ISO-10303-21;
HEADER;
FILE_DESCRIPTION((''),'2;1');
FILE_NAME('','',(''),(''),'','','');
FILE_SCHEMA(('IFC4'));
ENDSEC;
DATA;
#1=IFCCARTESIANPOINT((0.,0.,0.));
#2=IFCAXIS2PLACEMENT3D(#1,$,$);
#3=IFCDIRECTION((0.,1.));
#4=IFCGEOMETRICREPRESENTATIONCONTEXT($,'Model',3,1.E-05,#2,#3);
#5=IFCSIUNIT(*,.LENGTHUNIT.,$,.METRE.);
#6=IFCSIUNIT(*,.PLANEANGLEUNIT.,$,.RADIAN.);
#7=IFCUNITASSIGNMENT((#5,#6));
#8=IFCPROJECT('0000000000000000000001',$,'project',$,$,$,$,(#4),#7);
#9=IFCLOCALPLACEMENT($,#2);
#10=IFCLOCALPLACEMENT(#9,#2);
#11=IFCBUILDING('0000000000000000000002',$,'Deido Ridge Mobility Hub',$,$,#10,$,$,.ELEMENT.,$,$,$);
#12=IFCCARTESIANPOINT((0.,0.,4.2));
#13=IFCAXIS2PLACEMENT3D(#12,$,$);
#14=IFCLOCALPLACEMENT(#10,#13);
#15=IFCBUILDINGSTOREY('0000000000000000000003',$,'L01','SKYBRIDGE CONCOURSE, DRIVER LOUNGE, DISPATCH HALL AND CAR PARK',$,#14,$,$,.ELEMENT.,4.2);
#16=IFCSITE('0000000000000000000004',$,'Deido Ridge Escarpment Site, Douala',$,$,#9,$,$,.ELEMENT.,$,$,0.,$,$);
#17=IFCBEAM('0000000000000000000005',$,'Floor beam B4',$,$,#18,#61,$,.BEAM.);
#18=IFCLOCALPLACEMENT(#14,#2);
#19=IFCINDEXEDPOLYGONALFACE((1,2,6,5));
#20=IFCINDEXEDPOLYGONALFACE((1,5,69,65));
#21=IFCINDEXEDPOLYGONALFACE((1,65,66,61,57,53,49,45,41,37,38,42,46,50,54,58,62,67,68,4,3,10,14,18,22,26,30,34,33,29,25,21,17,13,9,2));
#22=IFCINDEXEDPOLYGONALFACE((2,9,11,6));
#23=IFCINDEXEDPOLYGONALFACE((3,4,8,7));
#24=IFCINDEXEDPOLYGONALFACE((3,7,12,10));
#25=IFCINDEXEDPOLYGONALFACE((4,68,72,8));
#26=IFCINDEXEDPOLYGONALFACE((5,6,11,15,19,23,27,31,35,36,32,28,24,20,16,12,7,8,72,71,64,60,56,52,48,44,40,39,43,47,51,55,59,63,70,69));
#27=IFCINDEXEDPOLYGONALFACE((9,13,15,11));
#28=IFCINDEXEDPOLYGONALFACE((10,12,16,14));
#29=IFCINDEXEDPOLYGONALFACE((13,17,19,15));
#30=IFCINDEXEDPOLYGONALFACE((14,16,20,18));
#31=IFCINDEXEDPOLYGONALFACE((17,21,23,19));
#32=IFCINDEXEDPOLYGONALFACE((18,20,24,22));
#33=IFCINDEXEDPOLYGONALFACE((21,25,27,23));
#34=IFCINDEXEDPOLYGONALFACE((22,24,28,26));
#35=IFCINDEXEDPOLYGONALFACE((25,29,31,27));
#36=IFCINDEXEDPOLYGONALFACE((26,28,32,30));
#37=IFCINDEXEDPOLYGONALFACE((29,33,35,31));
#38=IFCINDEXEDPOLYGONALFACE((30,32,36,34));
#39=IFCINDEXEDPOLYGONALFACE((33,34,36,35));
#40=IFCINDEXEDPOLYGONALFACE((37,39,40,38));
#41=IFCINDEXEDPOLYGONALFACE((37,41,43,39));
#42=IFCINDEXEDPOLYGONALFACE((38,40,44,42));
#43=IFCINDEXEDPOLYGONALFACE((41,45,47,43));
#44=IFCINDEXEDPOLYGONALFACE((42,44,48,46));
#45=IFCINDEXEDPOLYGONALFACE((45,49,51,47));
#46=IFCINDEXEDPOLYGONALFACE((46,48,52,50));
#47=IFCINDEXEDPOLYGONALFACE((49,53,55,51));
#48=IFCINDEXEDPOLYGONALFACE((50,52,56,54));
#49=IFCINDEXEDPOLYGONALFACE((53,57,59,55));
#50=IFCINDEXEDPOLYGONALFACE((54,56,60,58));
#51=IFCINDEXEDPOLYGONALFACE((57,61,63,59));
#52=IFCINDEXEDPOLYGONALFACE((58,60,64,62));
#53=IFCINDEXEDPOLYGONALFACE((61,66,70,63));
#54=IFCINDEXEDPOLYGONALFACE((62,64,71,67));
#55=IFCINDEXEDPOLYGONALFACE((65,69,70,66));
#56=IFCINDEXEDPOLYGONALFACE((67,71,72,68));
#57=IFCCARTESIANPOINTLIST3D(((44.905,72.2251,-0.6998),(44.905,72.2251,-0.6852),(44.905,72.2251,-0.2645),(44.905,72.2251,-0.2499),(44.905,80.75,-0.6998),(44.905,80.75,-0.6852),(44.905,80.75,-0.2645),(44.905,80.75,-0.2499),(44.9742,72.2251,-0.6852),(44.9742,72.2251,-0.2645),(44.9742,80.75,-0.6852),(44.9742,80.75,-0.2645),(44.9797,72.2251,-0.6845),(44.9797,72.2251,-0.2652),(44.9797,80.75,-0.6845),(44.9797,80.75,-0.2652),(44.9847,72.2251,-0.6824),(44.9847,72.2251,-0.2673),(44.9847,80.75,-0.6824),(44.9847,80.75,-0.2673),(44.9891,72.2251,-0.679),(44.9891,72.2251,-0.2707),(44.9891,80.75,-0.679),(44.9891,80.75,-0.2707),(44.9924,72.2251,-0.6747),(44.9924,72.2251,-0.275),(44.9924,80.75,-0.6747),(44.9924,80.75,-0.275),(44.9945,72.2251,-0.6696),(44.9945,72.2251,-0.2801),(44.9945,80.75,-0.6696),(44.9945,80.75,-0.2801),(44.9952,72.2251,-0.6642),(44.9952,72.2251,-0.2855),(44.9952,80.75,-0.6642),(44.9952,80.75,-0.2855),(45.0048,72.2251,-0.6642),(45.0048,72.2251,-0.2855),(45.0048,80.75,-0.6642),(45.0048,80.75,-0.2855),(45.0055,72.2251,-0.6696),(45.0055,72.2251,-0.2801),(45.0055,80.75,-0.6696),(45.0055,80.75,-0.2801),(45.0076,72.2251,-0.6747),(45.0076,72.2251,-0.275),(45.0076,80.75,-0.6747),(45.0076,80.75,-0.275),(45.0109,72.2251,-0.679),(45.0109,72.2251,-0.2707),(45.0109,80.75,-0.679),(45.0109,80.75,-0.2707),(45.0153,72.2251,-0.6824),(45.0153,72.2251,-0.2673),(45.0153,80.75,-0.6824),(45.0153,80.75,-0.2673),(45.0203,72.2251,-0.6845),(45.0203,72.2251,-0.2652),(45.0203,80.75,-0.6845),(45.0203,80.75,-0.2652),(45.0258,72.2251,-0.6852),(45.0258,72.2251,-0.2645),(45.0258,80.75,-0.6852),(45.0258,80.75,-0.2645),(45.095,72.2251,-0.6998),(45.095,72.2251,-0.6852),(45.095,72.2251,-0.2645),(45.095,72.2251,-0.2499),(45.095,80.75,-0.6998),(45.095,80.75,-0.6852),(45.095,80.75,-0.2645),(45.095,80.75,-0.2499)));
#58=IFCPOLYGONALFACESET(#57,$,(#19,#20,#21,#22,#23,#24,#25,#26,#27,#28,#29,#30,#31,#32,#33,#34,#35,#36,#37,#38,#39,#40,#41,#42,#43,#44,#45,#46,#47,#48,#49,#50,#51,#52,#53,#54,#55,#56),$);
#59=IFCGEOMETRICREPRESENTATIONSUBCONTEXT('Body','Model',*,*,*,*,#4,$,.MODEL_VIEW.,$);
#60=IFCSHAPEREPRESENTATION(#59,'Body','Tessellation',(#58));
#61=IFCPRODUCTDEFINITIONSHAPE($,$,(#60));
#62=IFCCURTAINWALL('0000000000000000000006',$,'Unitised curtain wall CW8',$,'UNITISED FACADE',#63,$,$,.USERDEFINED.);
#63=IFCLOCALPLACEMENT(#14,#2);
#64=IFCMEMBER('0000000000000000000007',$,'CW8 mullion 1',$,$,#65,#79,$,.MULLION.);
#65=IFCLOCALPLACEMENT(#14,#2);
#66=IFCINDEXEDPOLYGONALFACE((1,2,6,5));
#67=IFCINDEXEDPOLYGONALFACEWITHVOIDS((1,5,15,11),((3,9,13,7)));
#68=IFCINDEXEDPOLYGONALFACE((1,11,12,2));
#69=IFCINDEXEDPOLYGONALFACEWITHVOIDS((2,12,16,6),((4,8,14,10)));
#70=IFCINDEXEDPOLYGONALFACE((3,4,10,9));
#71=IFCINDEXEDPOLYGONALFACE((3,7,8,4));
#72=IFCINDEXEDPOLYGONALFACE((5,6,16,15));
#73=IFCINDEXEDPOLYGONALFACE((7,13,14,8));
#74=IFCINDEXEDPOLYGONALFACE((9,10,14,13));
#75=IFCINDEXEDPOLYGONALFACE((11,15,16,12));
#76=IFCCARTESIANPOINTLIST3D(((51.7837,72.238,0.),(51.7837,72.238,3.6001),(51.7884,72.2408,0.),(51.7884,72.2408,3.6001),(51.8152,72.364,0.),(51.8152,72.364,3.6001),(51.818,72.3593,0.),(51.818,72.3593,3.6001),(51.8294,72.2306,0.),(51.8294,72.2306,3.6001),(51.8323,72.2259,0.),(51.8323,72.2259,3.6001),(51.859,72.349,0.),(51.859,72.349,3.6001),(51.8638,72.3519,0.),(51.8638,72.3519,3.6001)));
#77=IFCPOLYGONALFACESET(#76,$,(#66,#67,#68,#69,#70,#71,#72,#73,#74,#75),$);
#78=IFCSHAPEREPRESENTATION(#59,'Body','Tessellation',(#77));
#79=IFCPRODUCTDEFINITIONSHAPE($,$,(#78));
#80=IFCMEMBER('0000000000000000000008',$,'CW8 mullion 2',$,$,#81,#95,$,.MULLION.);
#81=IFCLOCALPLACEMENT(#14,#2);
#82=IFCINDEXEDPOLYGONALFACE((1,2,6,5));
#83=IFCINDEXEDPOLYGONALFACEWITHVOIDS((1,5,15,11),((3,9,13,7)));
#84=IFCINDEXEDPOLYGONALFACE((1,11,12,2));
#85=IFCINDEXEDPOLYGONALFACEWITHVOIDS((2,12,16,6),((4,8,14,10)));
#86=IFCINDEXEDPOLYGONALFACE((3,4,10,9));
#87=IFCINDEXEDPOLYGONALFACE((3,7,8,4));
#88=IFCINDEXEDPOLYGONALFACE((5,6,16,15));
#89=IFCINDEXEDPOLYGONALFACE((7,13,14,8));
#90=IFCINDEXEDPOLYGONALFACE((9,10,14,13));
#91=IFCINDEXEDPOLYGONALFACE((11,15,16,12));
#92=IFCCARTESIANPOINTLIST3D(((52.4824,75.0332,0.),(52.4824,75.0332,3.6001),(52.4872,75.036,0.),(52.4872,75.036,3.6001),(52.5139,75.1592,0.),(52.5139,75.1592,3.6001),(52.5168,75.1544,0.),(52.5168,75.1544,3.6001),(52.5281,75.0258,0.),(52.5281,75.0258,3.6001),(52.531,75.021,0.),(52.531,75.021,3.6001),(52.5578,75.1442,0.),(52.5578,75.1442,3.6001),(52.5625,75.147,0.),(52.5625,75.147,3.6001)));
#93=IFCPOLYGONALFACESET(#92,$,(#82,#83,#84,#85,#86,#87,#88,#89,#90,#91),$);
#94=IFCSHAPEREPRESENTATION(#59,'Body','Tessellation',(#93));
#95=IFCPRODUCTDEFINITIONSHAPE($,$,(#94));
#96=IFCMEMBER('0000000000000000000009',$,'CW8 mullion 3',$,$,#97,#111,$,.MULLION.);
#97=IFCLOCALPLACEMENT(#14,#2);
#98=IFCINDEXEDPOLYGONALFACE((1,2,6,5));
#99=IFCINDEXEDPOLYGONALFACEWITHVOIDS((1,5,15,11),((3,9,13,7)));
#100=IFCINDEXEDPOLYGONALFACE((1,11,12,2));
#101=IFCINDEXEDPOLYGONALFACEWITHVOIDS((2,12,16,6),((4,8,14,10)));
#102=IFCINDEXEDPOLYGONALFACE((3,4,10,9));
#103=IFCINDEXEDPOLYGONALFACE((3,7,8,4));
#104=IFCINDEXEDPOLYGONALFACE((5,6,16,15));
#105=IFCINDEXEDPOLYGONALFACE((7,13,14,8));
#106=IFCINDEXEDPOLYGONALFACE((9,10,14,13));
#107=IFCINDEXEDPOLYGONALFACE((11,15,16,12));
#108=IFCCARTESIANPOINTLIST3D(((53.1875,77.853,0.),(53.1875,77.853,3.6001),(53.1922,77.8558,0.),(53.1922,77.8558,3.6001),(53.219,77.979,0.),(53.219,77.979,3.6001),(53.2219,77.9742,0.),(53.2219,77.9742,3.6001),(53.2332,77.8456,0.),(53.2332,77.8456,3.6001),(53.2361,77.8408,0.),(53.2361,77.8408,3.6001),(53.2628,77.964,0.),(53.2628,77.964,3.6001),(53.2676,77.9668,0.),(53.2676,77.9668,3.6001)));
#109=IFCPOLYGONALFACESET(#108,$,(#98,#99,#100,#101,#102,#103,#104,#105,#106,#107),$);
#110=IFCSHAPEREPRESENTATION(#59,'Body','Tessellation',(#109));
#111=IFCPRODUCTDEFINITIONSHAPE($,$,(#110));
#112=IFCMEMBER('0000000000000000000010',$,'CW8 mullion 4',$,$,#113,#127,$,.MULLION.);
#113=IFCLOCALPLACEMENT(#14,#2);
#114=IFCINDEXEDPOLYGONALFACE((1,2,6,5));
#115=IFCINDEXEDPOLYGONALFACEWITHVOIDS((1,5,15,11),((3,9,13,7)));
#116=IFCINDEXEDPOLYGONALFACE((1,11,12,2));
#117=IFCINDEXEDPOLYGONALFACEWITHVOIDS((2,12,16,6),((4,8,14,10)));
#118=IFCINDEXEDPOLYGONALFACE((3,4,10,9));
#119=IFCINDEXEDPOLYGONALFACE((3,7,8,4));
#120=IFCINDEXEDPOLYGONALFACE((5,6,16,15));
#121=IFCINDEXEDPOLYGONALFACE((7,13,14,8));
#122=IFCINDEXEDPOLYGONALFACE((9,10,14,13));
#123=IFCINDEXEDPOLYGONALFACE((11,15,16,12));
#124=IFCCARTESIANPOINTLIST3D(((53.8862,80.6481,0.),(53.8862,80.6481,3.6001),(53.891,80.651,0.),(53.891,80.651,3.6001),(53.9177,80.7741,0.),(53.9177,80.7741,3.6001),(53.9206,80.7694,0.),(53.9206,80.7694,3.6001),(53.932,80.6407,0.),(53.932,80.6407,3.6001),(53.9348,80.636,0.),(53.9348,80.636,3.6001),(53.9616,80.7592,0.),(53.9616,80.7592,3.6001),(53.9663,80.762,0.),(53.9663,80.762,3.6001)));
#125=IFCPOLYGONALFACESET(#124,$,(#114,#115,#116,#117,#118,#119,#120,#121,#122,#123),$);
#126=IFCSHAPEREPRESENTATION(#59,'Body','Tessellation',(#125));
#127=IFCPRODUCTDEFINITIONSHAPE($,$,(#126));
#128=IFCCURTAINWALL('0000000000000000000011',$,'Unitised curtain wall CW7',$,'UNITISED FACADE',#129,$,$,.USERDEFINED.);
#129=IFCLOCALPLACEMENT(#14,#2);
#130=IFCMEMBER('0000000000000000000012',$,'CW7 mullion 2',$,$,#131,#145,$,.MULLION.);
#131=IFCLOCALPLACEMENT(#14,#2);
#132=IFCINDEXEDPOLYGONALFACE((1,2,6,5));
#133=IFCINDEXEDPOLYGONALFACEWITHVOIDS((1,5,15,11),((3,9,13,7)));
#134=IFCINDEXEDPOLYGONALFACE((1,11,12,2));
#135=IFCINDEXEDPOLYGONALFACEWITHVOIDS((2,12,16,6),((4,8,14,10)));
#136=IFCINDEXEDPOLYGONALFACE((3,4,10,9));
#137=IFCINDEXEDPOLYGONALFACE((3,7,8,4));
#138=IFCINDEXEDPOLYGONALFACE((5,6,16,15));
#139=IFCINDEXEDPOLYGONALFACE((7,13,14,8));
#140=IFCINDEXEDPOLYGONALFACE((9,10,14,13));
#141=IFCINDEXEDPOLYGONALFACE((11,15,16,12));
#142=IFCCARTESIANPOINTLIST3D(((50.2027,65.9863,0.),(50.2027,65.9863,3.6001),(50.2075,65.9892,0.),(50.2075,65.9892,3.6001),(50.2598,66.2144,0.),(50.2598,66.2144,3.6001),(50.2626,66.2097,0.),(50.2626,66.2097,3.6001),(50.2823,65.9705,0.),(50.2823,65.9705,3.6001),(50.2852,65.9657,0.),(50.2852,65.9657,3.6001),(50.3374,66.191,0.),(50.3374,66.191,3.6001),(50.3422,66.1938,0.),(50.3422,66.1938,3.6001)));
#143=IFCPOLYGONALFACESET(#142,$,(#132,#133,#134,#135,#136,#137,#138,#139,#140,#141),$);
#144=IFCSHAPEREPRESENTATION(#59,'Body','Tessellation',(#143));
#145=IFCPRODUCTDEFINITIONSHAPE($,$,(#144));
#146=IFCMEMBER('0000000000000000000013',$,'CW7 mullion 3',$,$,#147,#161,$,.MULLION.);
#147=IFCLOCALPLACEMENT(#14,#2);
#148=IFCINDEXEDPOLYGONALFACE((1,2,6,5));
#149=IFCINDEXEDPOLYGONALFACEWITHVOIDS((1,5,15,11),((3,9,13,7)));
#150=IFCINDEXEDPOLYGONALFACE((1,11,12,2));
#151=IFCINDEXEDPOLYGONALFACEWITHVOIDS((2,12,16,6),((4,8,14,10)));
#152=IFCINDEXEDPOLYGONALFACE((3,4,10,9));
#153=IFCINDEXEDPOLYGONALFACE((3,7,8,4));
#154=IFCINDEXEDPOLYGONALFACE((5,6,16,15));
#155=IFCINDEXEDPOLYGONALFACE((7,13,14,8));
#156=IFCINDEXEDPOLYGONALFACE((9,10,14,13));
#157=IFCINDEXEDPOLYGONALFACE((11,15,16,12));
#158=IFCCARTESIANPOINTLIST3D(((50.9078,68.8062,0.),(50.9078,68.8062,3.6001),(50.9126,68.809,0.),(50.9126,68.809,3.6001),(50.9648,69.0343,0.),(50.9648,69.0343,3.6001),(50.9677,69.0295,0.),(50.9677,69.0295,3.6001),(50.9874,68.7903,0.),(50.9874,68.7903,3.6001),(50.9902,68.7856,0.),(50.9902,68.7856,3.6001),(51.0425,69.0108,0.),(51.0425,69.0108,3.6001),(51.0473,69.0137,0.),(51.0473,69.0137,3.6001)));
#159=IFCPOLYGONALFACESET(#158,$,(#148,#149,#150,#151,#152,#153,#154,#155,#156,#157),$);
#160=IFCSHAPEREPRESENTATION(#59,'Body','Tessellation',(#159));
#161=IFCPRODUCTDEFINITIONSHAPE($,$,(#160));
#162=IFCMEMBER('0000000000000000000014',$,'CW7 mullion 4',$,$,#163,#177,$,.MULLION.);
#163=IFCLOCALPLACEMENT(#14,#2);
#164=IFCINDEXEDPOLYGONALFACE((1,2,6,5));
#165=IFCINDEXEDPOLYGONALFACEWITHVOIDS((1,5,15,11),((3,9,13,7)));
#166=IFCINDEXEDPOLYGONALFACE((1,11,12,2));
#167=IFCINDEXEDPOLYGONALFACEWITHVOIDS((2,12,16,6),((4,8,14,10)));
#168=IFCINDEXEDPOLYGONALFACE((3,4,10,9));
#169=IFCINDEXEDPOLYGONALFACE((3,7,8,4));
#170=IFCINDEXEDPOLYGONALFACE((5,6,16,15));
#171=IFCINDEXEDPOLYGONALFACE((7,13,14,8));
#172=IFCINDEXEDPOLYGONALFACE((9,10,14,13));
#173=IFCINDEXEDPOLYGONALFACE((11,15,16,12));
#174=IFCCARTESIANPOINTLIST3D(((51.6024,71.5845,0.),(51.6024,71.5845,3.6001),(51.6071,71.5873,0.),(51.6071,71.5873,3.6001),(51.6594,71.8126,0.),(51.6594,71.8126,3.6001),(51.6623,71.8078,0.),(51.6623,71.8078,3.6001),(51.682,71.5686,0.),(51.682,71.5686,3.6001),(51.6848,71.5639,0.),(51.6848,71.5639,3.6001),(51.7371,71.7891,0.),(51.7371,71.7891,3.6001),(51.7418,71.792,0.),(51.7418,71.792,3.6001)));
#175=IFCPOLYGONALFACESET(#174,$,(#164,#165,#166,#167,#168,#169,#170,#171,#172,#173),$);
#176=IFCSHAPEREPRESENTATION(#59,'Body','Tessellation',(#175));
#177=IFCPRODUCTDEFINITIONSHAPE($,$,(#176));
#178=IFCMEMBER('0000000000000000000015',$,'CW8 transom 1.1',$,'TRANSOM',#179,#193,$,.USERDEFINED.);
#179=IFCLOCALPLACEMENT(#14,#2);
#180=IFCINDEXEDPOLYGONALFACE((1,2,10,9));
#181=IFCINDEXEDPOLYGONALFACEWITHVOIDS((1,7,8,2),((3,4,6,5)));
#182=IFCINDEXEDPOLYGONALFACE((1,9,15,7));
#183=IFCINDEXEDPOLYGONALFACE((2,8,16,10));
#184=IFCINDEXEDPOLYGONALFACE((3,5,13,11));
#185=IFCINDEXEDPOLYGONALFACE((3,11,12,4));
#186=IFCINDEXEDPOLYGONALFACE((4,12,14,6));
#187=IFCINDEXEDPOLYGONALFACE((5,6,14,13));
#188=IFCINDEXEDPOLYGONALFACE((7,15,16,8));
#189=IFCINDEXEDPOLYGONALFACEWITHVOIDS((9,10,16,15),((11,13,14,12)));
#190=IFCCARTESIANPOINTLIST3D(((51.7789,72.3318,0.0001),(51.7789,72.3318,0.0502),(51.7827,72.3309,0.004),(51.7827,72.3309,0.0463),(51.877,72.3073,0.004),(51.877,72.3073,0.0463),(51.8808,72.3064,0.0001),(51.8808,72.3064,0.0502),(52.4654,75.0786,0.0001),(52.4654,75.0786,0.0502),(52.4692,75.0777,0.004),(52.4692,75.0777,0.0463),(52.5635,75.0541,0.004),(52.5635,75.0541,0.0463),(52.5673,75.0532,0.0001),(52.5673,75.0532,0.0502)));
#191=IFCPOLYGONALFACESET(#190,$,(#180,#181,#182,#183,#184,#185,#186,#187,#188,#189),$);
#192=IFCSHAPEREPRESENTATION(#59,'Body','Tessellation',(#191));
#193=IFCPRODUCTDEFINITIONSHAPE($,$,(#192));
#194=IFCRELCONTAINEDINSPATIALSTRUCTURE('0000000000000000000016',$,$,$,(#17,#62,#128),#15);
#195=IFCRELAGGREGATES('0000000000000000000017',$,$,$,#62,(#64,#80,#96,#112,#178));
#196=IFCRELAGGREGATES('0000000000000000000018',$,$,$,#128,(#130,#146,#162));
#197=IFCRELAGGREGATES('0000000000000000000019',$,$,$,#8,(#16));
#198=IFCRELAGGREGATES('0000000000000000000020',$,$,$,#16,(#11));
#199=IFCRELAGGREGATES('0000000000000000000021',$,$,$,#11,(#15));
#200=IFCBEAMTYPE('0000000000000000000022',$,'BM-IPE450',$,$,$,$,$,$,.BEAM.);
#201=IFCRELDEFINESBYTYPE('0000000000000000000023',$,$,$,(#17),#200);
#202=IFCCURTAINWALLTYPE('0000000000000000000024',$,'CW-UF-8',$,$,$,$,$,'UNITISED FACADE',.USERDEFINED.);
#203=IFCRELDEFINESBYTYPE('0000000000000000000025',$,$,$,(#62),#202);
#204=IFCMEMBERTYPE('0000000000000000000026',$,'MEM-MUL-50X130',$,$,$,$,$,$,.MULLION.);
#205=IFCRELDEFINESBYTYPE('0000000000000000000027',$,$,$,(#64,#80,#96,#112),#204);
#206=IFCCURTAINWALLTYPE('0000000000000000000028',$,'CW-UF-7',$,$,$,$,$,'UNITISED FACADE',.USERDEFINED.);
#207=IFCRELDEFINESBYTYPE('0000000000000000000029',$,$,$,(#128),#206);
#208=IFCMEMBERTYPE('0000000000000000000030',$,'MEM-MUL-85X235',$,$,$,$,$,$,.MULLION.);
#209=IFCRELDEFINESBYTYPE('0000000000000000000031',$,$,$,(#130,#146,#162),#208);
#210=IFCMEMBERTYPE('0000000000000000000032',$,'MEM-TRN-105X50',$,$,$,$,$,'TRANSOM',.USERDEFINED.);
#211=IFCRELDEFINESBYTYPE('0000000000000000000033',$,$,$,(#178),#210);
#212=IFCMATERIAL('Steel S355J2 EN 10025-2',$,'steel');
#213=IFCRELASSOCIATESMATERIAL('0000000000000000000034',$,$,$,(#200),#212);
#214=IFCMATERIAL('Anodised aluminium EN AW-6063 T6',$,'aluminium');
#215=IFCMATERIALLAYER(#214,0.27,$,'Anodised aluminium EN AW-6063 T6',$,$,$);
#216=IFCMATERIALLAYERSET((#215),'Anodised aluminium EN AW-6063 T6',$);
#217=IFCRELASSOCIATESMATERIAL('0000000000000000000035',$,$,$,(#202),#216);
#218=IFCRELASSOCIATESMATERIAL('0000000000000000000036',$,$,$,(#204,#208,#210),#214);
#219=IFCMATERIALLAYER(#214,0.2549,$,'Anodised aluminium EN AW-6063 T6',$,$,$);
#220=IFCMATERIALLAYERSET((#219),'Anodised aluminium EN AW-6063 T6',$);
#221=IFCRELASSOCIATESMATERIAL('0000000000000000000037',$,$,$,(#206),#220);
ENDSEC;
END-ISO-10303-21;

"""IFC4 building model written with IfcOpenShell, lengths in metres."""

from ifc_helpers import new_model, si_unit, direction, frame, origin, origin_2d, place, context, subcontext, project, spatial, hollow_rectangle, i_section, extrude, material, layer, layer_set, material_profile, profile_set, type_object, element, aggregate, save


model = new_model("IFC4")

# Units and contexts
model_context = context("Model", 3, precision=1e-05, world=origin(), true_north=direction((0.0, 1.0)))
body_context = subcontext(model_context, "Body", "Model", "MODEL_VIEW")
ifc_project = project(units=[si_unit("LENGTHUNIT", "METRE"), si_unit("PLANEANGLEUNIT", "RADIAN")], contexts=[model_context])

# Site, building, storey
site_placement = place(None, origin())
site = spatial("IfcSite", under=ifc_project, at=site_placement, Name="Deido Ridge Escarpment Site, Douala", CompositionType="ELEMENT", RefElevation=0.0)
building_placement = place(site_placement, origin())
building = spatial("IfcBuilding", under=site, at=building_placement, Name="Deido Ridge Mobility Hub", CompositionType="ELEMENT")
storey_placement = place(building_placement, frame((0.0, 0.0, 4.2)))
storey = spatial("IfcBuildingStorey", under=building, at=storey_placement, Name="L01", Description="SKYBRIDGE CONCOURSE, DRIVER LOUNGE, DISPATCH HALL AND CAR PARK", CompositionType="ELEMENT", Elevation=4.2)

# Shared definitions
ifc_material_1 = material(Name="Steel S355J2 EN 10025-2", Category="steel")

# Beam
ifc_material_profile_1 = material_profile(ifc_material_1, i_section(OverallWidth=0.1899, OverallDepth=0.45, WebThickness=0.0095, FlangeThickness=0.0146, FilletRadius=0.021, at=origin_2d()), Name="IPE 450")
ifc_profile_set_1 = profile_set([ifc_material_profile_1], Name="Steel S355J2 EN 10025-2")
beam_type_1 = type_object("IfcBeamType", Name="BM-IPE450", PredefinedType="BEAM", material=ifc_profile_set_1)
beam_1_placement = place(storey_placement, frame((45.0, 72.2251, -0.4749), z_axis=(0.0, 1.0, 0.0), x_axis=(-1.0, 0.0, 0.0)))
element("IfcBeam", 1, at=beam_1_placement, inside=storey, type_object=beam_type_1, Name="Floor beam B4", PredefinedType="BEAM", context=body_context, shape_type="SweptSolid", body=[
    extrude(i_section(OverallWidth=0.1899, OverallDepth=0.45, WebThickness=0.0095, FlangeThickness=0.0146, FilletRadius=0.021, at=origin_2d()), origin(), (0.0, 0.0, 1.0), 8.5249),
])

# Curtain walls, members
ifc_material_2 = material(Name="Anodised aluminium EN AW-6063 T6", Category="aluminium")
ifc_layer_1 = layer(ifc_material_2, 0.27, Name="Anodised aluminium EN AW-6063 T6")
ifc_layer_set_1 = layer_set([ifc_layer_1], Name="Anodised aluminium EN AW-6063 T6")
curtain_wall_type_1 = type_object("IfcCurtainWallType", Name="CW-UF-8", ElementType="UNITISED FACADE", PredefinedType="USERDEFINED", material=ifc_layer_set_1)
curtain_wall_1_placement = place(storey_placement, origin())
curtain_wall_1 = element("IfcCurtainWall", 2, at=curtain_wall_1_placement, inside=storey, type_object=curtain_wall_type_1, Name="Unitised curtain wall CW8", ObjectType="UNITISED FACADE", PredefinedType="USERDEFINED")
ifc_material_profile_2 = material_profile(ifc_material_2, hollow_rectangle(XDim=0.05, YDim=0.1299, WallThickness=0.0039, at=origin_2d()), Name="RHS 50x130x4")
ifc_profile_set_2 = profile_set([ifc_material_profile_2], Name="Anodised aluminium EN AW-6063 T6")
member_type_1 = type_object("IfcMemberType", Name="MEM-MUL-50X130", PredefinedType="MULLION", material=ifc_profile_set_2)
member_1_placement = place(storey_placement, frame((51.8237, 72.2949, 0.0), z_axis=(0.0, 0.0, 1.0), x_axis=(-0.97014, 0.242546, 0.0)))
member_1 = element("IfcMember", 3, at=member_1_placement, type_object=member_type_1, Name="CW8 mullion 1", PredefinedType="MULLION", context=body_context, shape_type="SweptSolid", body=[
    extrude(hollow_rectangle(XDim=0.05, YDim=0.1299, WallThickness=0.0039, at=origin_2d()), origin(), (0.0, 0.0, 1.0), 3.6001),
])
member_2_placement = place(storey_placement, frame((52.5225, 75.0901, 0.0), z_axis=(0.0, 0.0, 1.0), x_axis=(-0.97014, 0.242546, 0.0)))
member_2 = element("IfcMember", 4, at=member_2_placement, type_object=member_type_1, Name="CW8 mullion 2", PredefinedType="MULLION", context=body_context, shape_type="SweptSolid", body=[
    extrude(hollow_rectangle(XDim=0.05, YDim=0.1299, WallThickness=0.0039, at=origin_2d()), origin(), (0.0, 0.0, 1.0), 3.6001),
])
member_3_placement = place(storey_placement, frame((53.2275, 77.9099, 0.0), z_axis=(0.0, 0.0, 1.0), x_axis=(-0.97014, 0.242546, 0.0)))
member_3 = element("IfcMember", 5, at=member_3_placement, type_object=member_type_1, Name="CW8 mullion 3", PredefinedType="MULLION", context=body_context, shape_type="SweptSolid", body=[
    extrude(hollow_rectangle(XDim=0.05, YDim=0.1299, WallThickness=0.0039, at=origin_2d()), origin(), (0.0, 0.0, 1.0), 3.6001),
])
member_4_placement = place(storey_placement, frame((53.9263, 80.7051, 0.0), z_axis=(0.0, 0.0, 1.0), x_axis=(-0.97014, 0.242546, 0.0)))
member_4 = element("IfcMember", 6, at=member_4_placement, type_object=member_type_1, Name="CW8 mullion 4", PredefinedType="MULLION", context=body_context, shape_type="SweptSolid", body=[
    extrude(hollow_rectangle(XDim=0.05, YDim=0.1299, WallThickness=0.0039, at=origin_2d()), origin(), (0.0, 0.0, 1.0), 3.6001),
])
ifc_layer_2 = layer(ifc_material_2, 0.2549, Name="Anodised aluminium EN AW-6063 T6")
ifc_layer_set_2 = layer_set([ifc_layer_2], Name="Anodised aluminium EN AW-6063 T6")
curtain_wall_type_2 = type_object("IfcCurtainWallType", Name="CW-UF-7", ElementType="UNITISED FACADE", PredefinedType="USERDEFINED", material=ifc_layer_set_2)
curtain_wall_2_placement = place(storey_placement, origin())
curtain_wall_2 = element("IfcCurtainWall", 7, at=curtain_wall_2_placement, inside=storey, type_object=curtain_wall_type_2, Name="Unitised curtain wall CW7", ObjectType="UNITISED FACADE", PredefinedType="USERDEFINED")
ifc_material_profile_3 = material_profile(ifc_material_2, hollow_rectangle(XDim=0.085, YDim=0.2351, WallThickness=0.0039, at=origin_2d()), Name="RHS 85x235x4")
ifc_profile_set_3 = profile_set([ifc_material_profile_3], Name="Anodised aluminium EN AW-6063 T6")
member_type_2 = type_object("IfcMemberType", Name="MEM-MUL-85X235", PredefinedType="MULLION", material=ifc_profile_set_3)
member_5_placement = place(storey_placement, frame((50.2725, 66.0901, 0.0), z_axis=(0.0, 0.0, 1.0), x_axis=(-0.97014, 0.242546, 0.0)))
member_5 = element("IfcMember", 8, at=member_5_placement, type_object=member_type_2, Name="CW7 mullion 2", PredefinedType="MULLION", context=body_context, shape_type="SweptSolid", body=[
    extrude(hollow_rectangle(XDim=0.085, YDim=0.2351, WallThickness=0.0039, at=origin_2d()), origin(), (0.0, 0.0, 1.0), 3.6001),
])
member_6_placement = place(storey_placement, frame((50.9775, 68.9099, 0.0), z_axis=(0.0, 0.0, 1.0), x_axis=(-0.97014, 0.242546, 0.0)))
member_6 = element("IfcMember", 9, at=member_6_placement, type_object=member_type_2, Name="CW7 mullion 3", PredefinedType="MULLION", context=body_context, shape_type="SweptSolid", body=[
    extrude(hollow_rectangle(XDim=0.085, YDim=0.2351, WallThickness=0.0039, at=origin_2d()), origin(), (0.0, 0.0, 1.0), 3.6001),
])
member_7_placement = place(storey_placement, frame((51.6721, 71.6882, 0.0), z_axis=(0.0, 0.0, 1.0), x_axis=(-0.97014, 0.242546, 0.0)))
member_7 = element("IfcMember", 10, at=member_7_placement, type_object=member_type_2, Name="CW7 mullion 4", PredefinedType="MULLION", context=body_context, shape_type="SweptSolid", body=[
    extrude(hollow_rectangle(XDim=0.085, YDim=0.2351, WallThickness=0.0039, at=origin_2d()), origin(), (0.0, 0.0, 1.0), 3.6001),
])

# Member
ifc_material_profile_4 = material_profile(ifc_material_2, hollow_rectangle(XDim=0.105, YDim=0.05, WallThickness=0.0039, at=origin_2d()), Name="RHS 105x50x4")
ifc_profile_set_4 = profile_set([ifc_material_profile_4], Name="Anodised aluminium EN AW-6063 T6")
member_type_3 = type_object("IfcMemberType", Name="MEM-TRN-105X50", ElementType="TRANSOM", PredefinedType="USERDEFINED", material=ifc_profile_set_4)
member_8_placement = place(storey_placement, frame((51.8298, 72.3191, 0.0251), z_axis=(0.242475, 0.970158, 0.0), x_axis=(-0.970158, 0.242475, 0.0)))
member_8 = element("IfcMember", 11, at=member_8_placement, type_object=member_type_3, Name="CW8 transom 1.1", ObjectType="TRANSOM", PredefinedType="USERDEFINED", context=body_context, shape_type="SweptSolid", body=[
    extrude(hollow_rectangle(XDim=0.105, YDim=0.05, WallThickness=0.0039, at=origin_2d()), origin(), (0.0, 0.0, 1.0), 2.8313),
])

aggregate(curtain_wall_1, [member_1, member_2, member_3, member_4, member_8])
aggregate(curtain_wall_2, [member_5, member_6, member_7])

save(model, "model.ifc")
